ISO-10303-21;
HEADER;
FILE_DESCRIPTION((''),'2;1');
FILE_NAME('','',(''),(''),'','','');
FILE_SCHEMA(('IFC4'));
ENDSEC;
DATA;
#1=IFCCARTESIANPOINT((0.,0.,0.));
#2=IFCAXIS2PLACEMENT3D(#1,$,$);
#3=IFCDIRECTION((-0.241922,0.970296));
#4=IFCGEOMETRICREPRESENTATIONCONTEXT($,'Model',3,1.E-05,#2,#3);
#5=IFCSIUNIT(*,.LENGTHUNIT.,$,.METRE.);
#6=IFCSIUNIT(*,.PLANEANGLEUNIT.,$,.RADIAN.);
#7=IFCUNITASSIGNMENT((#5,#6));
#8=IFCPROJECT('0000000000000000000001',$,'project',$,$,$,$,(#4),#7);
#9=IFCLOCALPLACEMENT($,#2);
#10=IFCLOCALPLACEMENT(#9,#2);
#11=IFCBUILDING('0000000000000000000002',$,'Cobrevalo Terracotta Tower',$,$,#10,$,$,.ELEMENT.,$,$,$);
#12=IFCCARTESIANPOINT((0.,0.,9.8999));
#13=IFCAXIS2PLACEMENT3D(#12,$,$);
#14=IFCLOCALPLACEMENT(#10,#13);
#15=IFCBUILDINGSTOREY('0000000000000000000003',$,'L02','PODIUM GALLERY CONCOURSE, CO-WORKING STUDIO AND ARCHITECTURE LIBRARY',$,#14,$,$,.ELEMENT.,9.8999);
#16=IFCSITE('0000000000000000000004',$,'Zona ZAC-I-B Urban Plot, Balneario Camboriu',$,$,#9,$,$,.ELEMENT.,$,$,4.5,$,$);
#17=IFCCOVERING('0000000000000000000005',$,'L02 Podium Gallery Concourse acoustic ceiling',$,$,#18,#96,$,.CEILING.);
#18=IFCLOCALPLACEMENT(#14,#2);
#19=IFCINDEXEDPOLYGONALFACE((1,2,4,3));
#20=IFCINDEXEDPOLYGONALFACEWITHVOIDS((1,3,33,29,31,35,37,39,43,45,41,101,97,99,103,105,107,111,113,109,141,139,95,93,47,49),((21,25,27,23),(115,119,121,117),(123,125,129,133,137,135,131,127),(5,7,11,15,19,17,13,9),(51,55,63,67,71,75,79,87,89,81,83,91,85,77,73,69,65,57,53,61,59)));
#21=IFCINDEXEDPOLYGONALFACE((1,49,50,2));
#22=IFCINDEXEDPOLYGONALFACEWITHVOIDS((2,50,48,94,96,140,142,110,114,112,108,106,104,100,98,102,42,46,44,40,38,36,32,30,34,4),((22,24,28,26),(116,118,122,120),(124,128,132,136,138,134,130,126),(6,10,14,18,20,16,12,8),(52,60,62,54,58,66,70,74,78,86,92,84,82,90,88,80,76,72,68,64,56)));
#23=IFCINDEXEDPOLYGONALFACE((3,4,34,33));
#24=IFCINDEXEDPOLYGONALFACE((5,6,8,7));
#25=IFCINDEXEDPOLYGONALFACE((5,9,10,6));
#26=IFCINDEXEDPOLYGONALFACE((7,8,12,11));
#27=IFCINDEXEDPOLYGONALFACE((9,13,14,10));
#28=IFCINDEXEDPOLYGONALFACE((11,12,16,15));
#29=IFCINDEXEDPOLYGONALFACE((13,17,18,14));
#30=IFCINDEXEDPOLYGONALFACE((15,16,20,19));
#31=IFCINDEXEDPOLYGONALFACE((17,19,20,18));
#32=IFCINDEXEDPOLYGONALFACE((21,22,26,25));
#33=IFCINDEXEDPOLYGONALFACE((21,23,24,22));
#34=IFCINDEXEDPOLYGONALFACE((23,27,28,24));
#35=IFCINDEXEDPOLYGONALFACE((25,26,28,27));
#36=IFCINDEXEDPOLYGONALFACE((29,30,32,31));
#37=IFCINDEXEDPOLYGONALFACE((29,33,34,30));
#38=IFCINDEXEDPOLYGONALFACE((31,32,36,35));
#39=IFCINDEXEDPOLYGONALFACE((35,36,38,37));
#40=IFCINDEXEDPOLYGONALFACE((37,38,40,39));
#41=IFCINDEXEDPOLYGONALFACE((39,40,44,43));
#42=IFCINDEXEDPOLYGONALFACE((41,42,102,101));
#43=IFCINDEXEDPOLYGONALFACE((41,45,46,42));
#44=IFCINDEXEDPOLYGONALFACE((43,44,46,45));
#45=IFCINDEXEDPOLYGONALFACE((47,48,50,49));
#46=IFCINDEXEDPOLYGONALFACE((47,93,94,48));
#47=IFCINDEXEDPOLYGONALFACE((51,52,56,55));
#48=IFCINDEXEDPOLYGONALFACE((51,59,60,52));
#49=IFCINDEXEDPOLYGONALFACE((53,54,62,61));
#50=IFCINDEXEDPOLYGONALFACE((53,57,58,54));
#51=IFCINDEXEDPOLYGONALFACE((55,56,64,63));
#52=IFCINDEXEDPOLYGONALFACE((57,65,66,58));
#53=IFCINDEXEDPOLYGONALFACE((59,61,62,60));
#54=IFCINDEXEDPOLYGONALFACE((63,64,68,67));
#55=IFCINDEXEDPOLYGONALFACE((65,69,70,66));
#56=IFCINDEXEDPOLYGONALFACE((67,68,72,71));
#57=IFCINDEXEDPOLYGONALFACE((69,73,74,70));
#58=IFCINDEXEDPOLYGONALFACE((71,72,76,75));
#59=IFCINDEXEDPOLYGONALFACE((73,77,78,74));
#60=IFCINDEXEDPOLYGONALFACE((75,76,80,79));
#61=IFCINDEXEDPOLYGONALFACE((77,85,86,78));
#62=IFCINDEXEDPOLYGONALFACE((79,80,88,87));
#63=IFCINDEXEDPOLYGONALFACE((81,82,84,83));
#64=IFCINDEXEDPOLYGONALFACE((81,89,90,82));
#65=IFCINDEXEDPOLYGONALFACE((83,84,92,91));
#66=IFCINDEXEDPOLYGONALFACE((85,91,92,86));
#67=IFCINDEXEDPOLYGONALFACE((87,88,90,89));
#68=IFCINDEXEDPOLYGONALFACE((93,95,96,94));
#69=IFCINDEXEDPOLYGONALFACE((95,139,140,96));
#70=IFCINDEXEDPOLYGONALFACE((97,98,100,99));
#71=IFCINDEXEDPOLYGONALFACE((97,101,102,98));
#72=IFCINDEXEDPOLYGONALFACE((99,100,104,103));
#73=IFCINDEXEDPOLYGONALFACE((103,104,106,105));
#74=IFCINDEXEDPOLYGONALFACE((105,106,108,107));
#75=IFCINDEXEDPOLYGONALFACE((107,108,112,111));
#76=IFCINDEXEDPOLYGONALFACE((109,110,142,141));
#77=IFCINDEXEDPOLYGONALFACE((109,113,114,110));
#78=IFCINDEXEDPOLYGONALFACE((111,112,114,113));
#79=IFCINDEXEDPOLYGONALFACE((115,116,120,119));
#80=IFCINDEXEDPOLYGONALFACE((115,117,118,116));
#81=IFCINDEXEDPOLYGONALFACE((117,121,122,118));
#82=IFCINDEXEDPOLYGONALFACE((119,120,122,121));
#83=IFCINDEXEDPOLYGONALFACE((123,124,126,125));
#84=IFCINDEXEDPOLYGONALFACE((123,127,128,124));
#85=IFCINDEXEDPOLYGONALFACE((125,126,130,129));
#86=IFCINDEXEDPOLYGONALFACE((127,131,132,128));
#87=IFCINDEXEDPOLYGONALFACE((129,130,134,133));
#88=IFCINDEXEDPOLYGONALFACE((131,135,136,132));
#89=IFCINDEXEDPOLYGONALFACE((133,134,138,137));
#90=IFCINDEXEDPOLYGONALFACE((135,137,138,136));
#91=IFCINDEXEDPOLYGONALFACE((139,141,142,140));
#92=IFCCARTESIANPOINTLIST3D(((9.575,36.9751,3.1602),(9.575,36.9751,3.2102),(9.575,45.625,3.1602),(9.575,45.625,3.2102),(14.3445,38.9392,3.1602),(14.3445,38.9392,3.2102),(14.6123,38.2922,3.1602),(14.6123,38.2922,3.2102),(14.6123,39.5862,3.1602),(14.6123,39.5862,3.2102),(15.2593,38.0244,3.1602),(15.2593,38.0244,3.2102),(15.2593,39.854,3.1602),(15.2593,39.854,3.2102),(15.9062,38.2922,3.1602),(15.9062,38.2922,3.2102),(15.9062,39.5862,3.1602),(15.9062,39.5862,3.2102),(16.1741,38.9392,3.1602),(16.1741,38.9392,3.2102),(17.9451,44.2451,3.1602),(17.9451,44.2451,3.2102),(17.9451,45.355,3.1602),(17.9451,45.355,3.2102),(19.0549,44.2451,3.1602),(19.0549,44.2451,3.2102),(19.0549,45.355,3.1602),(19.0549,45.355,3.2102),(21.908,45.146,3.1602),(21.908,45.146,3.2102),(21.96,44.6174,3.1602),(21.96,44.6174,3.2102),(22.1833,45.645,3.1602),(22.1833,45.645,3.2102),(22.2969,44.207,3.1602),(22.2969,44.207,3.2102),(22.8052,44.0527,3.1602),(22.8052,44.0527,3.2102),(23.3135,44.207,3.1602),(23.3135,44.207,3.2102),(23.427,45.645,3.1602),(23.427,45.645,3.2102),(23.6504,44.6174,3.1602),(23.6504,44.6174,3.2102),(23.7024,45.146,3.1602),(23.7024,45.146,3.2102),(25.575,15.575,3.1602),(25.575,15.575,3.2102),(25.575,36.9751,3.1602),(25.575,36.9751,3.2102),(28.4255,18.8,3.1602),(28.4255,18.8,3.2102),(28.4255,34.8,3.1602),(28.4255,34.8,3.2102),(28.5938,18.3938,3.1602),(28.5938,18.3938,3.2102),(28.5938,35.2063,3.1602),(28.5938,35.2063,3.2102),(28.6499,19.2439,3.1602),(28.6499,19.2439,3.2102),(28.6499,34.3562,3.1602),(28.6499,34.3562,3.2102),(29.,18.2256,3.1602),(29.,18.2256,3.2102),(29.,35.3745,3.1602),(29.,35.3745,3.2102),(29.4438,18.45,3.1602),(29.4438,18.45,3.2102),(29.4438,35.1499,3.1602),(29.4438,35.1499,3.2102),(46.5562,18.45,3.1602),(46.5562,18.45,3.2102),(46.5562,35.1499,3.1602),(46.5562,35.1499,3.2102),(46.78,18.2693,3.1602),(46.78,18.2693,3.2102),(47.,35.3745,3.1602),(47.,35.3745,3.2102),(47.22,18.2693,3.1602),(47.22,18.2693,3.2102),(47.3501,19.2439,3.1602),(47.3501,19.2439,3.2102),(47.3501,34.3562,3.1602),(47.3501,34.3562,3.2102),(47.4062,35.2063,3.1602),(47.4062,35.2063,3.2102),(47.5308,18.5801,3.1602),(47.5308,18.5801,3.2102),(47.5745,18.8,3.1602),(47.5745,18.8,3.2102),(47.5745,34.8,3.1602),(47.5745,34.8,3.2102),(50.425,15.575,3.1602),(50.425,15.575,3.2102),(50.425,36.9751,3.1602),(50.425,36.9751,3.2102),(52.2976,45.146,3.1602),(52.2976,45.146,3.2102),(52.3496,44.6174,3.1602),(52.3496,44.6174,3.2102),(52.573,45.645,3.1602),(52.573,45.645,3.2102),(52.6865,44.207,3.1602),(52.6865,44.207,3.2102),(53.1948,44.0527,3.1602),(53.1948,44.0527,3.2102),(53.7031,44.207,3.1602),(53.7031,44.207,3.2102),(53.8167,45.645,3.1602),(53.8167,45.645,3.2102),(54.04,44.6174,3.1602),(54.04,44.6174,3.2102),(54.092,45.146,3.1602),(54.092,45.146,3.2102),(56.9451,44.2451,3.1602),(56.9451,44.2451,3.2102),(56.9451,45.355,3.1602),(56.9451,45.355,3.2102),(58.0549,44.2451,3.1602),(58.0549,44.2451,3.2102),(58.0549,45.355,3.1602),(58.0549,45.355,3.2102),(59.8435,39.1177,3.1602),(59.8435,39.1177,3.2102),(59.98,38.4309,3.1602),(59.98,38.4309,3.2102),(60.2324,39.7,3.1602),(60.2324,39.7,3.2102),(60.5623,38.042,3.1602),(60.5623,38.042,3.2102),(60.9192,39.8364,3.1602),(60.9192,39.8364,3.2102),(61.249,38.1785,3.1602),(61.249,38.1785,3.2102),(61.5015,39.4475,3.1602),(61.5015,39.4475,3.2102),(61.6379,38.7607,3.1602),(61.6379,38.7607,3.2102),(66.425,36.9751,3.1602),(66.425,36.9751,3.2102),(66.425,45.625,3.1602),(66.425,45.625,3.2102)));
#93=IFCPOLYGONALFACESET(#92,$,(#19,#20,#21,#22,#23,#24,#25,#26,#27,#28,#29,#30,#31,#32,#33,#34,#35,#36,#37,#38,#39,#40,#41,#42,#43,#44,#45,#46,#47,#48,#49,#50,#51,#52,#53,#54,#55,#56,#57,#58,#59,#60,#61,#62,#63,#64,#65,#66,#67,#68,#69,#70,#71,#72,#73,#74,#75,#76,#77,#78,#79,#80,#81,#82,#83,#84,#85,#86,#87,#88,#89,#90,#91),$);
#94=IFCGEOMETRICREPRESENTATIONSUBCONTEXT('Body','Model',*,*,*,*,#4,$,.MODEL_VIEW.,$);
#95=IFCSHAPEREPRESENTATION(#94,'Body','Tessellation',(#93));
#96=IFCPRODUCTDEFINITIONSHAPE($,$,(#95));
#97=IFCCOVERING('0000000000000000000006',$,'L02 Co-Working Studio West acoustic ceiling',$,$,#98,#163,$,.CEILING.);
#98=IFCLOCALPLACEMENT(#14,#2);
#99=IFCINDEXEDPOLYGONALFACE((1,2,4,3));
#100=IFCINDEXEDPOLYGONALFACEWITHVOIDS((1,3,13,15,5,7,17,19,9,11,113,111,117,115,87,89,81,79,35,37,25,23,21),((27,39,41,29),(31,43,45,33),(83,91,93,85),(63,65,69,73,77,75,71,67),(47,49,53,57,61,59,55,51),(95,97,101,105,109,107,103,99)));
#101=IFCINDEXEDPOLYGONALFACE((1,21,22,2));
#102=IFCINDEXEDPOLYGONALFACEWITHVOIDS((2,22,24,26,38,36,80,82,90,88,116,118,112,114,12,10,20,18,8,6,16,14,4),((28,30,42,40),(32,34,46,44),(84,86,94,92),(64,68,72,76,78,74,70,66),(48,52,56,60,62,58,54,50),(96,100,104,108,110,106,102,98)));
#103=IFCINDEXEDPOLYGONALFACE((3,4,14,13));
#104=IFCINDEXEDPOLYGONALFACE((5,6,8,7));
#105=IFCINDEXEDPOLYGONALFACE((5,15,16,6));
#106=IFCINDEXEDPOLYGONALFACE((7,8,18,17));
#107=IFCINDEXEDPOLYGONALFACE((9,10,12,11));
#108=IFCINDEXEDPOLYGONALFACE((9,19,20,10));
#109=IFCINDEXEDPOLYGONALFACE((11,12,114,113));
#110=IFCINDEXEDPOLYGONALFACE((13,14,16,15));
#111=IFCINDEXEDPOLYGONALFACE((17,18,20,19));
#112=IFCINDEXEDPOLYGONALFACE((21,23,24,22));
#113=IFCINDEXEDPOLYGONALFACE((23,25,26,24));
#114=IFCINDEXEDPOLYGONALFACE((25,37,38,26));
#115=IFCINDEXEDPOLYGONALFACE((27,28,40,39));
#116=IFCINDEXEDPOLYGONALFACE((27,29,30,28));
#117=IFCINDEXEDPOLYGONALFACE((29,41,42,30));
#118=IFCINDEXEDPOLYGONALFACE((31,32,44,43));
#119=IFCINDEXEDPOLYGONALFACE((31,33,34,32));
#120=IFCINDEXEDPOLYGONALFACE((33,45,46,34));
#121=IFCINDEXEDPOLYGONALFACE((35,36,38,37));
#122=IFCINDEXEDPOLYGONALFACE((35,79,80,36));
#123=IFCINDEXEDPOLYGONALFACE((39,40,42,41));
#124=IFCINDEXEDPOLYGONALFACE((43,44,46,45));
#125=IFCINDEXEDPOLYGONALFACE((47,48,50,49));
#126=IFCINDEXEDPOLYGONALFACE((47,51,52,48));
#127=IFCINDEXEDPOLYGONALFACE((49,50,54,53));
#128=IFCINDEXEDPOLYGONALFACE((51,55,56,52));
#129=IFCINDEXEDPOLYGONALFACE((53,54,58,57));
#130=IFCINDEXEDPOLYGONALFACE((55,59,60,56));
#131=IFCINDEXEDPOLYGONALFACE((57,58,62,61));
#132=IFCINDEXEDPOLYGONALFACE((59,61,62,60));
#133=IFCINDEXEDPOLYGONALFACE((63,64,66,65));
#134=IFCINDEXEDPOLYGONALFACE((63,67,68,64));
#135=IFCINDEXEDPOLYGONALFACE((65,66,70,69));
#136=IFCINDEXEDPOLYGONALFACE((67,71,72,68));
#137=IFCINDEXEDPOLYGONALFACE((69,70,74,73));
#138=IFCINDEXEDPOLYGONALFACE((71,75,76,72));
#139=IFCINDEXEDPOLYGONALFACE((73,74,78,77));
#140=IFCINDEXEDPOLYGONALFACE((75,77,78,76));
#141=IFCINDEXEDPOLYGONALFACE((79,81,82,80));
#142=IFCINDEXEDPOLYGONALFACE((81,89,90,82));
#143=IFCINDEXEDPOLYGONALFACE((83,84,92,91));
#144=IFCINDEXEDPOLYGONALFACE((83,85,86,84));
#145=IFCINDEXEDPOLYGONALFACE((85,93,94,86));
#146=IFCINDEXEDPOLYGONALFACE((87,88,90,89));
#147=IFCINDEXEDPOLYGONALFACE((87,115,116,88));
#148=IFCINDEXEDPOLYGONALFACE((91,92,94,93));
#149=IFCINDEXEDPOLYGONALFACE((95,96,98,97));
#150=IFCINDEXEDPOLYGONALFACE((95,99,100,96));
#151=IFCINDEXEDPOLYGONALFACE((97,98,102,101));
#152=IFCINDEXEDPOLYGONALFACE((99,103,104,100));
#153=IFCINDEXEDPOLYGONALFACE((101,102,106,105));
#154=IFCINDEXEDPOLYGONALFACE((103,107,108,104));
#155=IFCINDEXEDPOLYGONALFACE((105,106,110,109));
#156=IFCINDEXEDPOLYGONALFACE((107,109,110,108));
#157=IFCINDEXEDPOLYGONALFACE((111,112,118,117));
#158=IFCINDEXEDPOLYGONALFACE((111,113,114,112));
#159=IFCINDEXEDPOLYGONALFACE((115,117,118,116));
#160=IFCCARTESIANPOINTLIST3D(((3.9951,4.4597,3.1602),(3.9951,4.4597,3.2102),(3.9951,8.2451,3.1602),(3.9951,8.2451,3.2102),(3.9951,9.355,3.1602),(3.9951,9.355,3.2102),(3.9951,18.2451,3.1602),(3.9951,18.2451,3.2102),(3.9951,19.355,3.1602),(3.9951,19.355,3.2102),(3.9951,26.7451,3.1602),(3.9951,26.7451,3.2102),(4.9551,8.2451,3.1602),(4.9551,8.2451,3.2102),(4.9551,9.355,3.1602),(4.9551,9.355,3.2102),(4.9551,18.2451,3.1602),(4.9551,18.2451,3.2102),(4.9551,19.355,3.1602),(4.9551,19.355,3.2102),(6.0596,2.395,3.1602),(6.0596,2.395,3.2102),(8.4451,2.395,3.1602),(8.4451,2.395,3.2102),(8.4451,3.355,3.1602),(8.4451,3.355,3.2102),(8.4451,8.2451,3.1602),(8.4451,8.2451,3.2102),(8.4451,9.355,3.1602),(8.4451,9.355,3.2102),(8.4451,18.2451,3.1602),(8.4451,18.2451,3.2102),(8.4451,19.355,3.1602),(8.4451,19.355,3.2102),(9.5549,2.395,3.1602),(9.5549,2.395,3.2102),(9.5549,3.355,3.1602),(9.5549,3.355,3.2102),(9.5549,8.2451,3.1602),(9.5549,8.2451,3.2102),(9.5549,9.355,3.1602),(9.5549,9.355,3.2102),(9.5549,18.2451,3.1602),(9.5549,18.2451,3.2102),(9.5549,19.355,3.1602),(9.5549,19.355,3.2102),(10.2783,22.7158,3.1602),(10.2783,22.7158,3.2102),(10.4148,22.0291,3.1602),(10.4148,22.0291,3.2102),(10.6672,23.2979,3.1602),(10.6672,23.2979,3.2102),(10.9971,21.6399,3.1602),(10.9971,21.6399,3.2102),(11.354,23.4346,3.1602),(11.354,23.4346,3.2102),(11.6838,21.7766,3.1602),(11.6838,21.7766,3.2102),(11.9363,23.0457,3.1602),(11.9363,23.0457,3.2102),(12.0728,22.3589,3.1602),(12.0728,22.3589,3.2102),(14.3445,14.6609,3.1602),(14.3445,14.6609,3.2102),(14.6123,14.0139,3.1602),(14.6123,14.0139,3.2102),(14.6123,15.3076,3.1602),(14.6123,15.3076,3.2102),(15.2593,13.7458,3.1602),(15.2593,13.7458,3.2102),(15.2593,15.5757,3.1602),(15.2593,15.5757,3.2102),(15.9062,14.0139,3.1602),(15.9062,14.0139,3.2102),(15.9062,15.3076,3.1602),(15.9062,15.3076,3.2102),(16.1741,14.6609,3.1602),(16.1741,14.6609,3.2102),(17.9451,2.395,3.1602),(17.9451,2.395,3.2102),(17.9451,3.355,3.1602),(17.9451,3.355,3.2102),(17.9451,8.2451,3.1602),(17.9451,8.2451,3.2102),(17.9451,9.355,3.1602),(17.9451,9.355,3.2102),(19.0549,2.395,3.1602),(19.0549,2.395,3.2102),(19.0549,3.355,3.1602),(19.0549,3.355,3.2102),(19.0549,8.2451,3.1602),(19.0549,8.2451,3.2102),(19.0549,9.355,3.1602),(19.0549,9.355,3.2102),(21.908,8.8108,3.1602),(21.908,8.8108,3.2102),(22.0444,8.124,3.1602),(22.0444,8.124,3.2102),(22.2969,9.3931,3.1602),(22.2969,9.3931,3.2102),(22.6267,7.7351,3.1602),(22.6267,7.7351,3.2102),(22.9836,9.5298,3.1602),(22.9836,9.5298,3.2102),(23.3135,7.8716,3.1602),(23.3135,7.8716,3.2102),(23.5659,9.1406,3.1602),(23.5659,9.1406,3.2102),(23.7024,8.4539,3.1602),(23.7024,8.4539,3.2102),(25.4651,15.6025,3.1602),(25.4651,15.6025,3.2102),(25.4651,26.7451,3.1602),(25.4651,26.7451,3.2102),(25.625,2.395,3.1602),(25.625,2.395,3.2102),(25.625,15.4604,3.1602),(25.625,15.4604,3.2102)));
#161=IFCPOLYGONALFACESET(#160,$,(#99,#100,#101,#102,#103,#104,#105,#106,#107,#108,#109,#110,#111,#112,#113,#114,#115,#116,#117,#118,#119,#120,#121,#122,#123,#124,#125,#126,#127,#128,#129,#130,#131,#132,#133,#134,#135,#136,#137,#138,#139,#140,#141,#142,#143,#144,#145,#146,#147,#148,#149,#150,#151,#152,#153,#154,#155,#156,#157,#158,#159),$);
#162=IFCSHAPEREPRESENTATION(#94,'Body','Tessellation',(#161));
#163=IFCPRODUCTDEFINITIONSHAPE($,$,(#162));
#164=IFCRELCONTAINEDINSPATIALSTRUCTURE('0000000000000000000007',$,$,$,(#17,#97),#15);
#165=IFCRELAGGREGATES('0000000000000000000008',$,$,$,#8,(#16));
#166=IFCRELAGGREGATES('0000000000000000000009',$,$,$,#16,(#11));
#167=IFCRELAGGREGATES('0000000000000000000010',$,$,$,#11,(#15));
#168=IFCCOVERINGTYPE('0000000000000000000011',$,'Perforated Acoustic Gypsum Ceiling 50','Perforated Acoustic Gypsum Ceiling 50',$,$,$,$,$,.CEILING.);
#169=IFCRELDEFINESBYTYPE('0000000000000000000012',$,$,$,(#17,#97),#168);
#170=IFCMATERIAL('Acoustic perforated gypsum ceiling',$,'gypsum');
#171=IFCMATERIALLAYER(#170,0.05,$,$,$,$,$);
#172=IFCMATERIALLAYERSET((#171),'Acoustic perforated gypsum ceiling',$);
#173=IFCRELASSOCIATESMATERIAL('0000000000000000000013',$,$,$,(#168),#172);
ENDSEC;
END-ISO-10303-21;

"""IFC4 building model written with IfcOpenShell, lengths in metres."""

from ifc_helpers import new_model, si_unit, direction, frame, origin, place, context, subcontext, project, spatial, polyline, outline, extrude, material, layer, layer_set, type_object, element, save


model = new_model("IFC4")

# Units and contexts
model_context = context("Model", 3, precision=1e-05, world=origin(), true_north=direction((-0.241922, 0.970296)))
body_context = subcontext(model_context, "Body", "Model", "MODEL_VIEW")
ifc_project = project(units=[si_unit("LENGTHUNIT", "METRE"), si_unit("PLANEANGLEUNIT", "RADIAN")], contexts=[model_context])

# Site, building, storey
site_placement = place(None, origin())
site = spatial("IfcSite", under=ifc_project, at=site_placement, Name="Zona ZAC-I-B Urban Plot, Balneario Camboriu", CompositionType="ELEMENT", RefElevation=4.5)
building_placement = place(site_placement, origin())
building = spatial("IfcBuilding", under=site, at=building_placement, Name="Cobrevalo Terracotta Tower", CompositionType="ELEMENT")
storey_placement = place(building_placement, frame((0.0, 0.0, 9.8999)))
storey = spatial("IfcBuildingStorey", under=building, at=storey_placement, Name="L02", Description="PODIUM GALLERY CONCOURSE, CO-WORKING STUDIO AND ARCHITECTURE LIBRARY", CompositionType="ELEMENT", Elevation=9.8999)

# Coverings
ifc_material_1 = material(Name="Acoustic perforated gypsum ceiling", Category="gypsum")
ifc_layer_1 = layer(ifc_material_1, 0.05)
ifc_layer_set_1 = layer_set([ifc_layer_1], Name="Acoustic perforated gypsum ceiling")
covering_type_1 = type_object("IfcCoveringType", Name="Perforated Acoustic Gypsum Ceiling 50", Description="Perforated Acoustic Gypsum Ceiling 50", PredefinedType="CEILING", material=ifc_layer_set_1)
covering_1_placement = place(storey_placement, frame((0.0, 0.0, 3.1602)))
element("IfcCovering", 1, at=covering_1_placement, inside=storey, type_object=covering_type_1, Name="L02 Podium Gallery Concourse acoustic ceiling", PredefinedType="CEILING", context=body_context, shape_type="SweptSolid", body=[
    extrude(outline(polyline([(9.575, 45.625), (22.1833, 45.645), (21.908, 45.146), (21.96, 44.6174), (22.2969, 44.207), (22.8052, 44.0527), (23.3135, 44.207), (23.6504, 44.6174), (23.7024, 45.146), (23.427, 45.645), (52.573, 45.645), (52.2976, 45.146), (52.3496, 44.6174), (52.6865, 44.207), (53.1948, 44.0527), (53.7031, 44.207), (54.04, 44.6174), (54.092, 45.146), (53.8167, 45.645), (66.425, 45.625), (66.425, 36.9751), (50.425, 36.9751), (50.425, 15.575), (25.575, 15.575), (25.575, 36.9751), (9.575, 36.9751), (9.575, 45.625)]), holes=[polyline([(61.249, 38.1785), (61.6379, 38.7607), (61.5015, 39.4475), (60.9192, 39.8364), (60.2324, 39.7), (59.8435, 39.1177), (59.98, 38.4309), (60.5623, 38.042), (61.249, 38.1785)]), polyline([(56.9451, 45.355), (56.9451, 44.2451), (58.0549, 44.2451), (58.0549, 45.355), (56.9451, 45.355)]), polyline([(46.5562, 18.45), (46.78, 18.2693), (47.22, 18.2693), (47.5308, 18.5801), (47.5745, 18.8), (47.3501, 19.2439), (47.3501, 34.3562), (47.5745, 34.8), (47.4062, 35.2063), (47.0, 35.3745), (46.5562, 35.1499), (29.4438, 35.1499), (29.0, 35.3745), (28.5938, 35.2063), (28.4255, 34.8), (28.6499, 34.3562), (28.6499, 19.2439), (28.4255, 18.8), (28.5938, 18.3938), (29.0, 18.2256), (29.4438, 18.45), (46.5562, 18.45)]), polyline([(17.9451, 44.2451), (19.0549, 44.2451), (19.0549, 45.355), (17.9451, 45.355), (17.9451, 44.2451)]), polyline([(15.9062, 38.2922), (16.1741, 38.9392), (15.9062, 39.5862), (15.2593, 39.854), (14.6123, 39.5862), (14.3445, 38.9392), (14.6123, 38.2922), (15.2593, 38.0244), (15.9062, 38.2922)])]), origin(), (0.0, 0.0, 1.0), 0.05),
])
covering_2_placement = place(storey_placement, frame((0.0, 0.0, 3.1602)))
element("IfcCovering", 2, at=covering_2_placement, inside=storey, type_object=covering_type_1, Name="L02 Co-Working Studio West acoustic ceiling", PredefinedType="CEILING", context=body_context, shape_type="SweptSolid", body=[
    extrude(outline(polyline([(3.9951, 4.4597), (3.9951, 8.2451), (4.9551, 8.2451), (4.9551, 9.355), (3.9951, 9.355), (3.9951, 18.2451), (4.9551, 18.2451), (4.9551, 19.355), (3.9951, 19.355), (3.9951, 26.7451), (25.4651, 26.7451), (25.4651, 15.6025), (25.625, 15.4604), (25.625, 2.395), (19.0549, 2.395), (19.0549, 3.355), (17.9451, 3.355), (17.9451, 2.395), (9.5549, 2.395), (9.5549, 3.355), (8.4451, 3.355), (8.4451, 2.395), (6.0596, 2.395), (3.9951, 4.4597)]), holes=[polyline([(23.3135, 7.8716), (23.7024, 8.4539), (23.5659, 9.1406), (22.9836, 9.5298), (22.2969, 9.3931), (21.908, 8.8108), (22.0444, 8.124), (22.6267, 7.7351), (23.3135, 7.8716)]), polyline([(17.9451, 9.355), (17.9451, 8.2451), (19.0549, 8.2451), (19.0549, 9.355), (17.9451, 9.355)]), polyline([(15.9062, 14.0139), (16.1741, 14.6609), (15.9062, 15.3076), (15.2593, 15.5757), (14.6123, 15.3076), (14.3445, 14.6609), (14.6123, 14.0139), (15.2593, 13.7458), (15.9062, 14.0139)]), polyline([(11.6838, 21.7766), (12.0728, 22.3589), (11.9363, 23.0457), (11.354, 23.4346), (10.6672, 23.2979), (10.2783, 22.7158), (10.4148, 22.0291), (10.9971, 21.6399), (11.6838, 21.7766)]), polyline([(8.4451, 9.355), (8.4451, 8.2451), (9.5549, 8.2451), (9.5549, 9.355), (8.4451, 9.355)]), polyline([(8.4451, 19.355), (8.4451, 18.2451), (9.5549, 18.2451), (9.5549, 19.355), (8.4451, 19.355)])]), origin(), (0.0, 0.0, 1.0), 0.05),
])

save(model, "model.ifc")
